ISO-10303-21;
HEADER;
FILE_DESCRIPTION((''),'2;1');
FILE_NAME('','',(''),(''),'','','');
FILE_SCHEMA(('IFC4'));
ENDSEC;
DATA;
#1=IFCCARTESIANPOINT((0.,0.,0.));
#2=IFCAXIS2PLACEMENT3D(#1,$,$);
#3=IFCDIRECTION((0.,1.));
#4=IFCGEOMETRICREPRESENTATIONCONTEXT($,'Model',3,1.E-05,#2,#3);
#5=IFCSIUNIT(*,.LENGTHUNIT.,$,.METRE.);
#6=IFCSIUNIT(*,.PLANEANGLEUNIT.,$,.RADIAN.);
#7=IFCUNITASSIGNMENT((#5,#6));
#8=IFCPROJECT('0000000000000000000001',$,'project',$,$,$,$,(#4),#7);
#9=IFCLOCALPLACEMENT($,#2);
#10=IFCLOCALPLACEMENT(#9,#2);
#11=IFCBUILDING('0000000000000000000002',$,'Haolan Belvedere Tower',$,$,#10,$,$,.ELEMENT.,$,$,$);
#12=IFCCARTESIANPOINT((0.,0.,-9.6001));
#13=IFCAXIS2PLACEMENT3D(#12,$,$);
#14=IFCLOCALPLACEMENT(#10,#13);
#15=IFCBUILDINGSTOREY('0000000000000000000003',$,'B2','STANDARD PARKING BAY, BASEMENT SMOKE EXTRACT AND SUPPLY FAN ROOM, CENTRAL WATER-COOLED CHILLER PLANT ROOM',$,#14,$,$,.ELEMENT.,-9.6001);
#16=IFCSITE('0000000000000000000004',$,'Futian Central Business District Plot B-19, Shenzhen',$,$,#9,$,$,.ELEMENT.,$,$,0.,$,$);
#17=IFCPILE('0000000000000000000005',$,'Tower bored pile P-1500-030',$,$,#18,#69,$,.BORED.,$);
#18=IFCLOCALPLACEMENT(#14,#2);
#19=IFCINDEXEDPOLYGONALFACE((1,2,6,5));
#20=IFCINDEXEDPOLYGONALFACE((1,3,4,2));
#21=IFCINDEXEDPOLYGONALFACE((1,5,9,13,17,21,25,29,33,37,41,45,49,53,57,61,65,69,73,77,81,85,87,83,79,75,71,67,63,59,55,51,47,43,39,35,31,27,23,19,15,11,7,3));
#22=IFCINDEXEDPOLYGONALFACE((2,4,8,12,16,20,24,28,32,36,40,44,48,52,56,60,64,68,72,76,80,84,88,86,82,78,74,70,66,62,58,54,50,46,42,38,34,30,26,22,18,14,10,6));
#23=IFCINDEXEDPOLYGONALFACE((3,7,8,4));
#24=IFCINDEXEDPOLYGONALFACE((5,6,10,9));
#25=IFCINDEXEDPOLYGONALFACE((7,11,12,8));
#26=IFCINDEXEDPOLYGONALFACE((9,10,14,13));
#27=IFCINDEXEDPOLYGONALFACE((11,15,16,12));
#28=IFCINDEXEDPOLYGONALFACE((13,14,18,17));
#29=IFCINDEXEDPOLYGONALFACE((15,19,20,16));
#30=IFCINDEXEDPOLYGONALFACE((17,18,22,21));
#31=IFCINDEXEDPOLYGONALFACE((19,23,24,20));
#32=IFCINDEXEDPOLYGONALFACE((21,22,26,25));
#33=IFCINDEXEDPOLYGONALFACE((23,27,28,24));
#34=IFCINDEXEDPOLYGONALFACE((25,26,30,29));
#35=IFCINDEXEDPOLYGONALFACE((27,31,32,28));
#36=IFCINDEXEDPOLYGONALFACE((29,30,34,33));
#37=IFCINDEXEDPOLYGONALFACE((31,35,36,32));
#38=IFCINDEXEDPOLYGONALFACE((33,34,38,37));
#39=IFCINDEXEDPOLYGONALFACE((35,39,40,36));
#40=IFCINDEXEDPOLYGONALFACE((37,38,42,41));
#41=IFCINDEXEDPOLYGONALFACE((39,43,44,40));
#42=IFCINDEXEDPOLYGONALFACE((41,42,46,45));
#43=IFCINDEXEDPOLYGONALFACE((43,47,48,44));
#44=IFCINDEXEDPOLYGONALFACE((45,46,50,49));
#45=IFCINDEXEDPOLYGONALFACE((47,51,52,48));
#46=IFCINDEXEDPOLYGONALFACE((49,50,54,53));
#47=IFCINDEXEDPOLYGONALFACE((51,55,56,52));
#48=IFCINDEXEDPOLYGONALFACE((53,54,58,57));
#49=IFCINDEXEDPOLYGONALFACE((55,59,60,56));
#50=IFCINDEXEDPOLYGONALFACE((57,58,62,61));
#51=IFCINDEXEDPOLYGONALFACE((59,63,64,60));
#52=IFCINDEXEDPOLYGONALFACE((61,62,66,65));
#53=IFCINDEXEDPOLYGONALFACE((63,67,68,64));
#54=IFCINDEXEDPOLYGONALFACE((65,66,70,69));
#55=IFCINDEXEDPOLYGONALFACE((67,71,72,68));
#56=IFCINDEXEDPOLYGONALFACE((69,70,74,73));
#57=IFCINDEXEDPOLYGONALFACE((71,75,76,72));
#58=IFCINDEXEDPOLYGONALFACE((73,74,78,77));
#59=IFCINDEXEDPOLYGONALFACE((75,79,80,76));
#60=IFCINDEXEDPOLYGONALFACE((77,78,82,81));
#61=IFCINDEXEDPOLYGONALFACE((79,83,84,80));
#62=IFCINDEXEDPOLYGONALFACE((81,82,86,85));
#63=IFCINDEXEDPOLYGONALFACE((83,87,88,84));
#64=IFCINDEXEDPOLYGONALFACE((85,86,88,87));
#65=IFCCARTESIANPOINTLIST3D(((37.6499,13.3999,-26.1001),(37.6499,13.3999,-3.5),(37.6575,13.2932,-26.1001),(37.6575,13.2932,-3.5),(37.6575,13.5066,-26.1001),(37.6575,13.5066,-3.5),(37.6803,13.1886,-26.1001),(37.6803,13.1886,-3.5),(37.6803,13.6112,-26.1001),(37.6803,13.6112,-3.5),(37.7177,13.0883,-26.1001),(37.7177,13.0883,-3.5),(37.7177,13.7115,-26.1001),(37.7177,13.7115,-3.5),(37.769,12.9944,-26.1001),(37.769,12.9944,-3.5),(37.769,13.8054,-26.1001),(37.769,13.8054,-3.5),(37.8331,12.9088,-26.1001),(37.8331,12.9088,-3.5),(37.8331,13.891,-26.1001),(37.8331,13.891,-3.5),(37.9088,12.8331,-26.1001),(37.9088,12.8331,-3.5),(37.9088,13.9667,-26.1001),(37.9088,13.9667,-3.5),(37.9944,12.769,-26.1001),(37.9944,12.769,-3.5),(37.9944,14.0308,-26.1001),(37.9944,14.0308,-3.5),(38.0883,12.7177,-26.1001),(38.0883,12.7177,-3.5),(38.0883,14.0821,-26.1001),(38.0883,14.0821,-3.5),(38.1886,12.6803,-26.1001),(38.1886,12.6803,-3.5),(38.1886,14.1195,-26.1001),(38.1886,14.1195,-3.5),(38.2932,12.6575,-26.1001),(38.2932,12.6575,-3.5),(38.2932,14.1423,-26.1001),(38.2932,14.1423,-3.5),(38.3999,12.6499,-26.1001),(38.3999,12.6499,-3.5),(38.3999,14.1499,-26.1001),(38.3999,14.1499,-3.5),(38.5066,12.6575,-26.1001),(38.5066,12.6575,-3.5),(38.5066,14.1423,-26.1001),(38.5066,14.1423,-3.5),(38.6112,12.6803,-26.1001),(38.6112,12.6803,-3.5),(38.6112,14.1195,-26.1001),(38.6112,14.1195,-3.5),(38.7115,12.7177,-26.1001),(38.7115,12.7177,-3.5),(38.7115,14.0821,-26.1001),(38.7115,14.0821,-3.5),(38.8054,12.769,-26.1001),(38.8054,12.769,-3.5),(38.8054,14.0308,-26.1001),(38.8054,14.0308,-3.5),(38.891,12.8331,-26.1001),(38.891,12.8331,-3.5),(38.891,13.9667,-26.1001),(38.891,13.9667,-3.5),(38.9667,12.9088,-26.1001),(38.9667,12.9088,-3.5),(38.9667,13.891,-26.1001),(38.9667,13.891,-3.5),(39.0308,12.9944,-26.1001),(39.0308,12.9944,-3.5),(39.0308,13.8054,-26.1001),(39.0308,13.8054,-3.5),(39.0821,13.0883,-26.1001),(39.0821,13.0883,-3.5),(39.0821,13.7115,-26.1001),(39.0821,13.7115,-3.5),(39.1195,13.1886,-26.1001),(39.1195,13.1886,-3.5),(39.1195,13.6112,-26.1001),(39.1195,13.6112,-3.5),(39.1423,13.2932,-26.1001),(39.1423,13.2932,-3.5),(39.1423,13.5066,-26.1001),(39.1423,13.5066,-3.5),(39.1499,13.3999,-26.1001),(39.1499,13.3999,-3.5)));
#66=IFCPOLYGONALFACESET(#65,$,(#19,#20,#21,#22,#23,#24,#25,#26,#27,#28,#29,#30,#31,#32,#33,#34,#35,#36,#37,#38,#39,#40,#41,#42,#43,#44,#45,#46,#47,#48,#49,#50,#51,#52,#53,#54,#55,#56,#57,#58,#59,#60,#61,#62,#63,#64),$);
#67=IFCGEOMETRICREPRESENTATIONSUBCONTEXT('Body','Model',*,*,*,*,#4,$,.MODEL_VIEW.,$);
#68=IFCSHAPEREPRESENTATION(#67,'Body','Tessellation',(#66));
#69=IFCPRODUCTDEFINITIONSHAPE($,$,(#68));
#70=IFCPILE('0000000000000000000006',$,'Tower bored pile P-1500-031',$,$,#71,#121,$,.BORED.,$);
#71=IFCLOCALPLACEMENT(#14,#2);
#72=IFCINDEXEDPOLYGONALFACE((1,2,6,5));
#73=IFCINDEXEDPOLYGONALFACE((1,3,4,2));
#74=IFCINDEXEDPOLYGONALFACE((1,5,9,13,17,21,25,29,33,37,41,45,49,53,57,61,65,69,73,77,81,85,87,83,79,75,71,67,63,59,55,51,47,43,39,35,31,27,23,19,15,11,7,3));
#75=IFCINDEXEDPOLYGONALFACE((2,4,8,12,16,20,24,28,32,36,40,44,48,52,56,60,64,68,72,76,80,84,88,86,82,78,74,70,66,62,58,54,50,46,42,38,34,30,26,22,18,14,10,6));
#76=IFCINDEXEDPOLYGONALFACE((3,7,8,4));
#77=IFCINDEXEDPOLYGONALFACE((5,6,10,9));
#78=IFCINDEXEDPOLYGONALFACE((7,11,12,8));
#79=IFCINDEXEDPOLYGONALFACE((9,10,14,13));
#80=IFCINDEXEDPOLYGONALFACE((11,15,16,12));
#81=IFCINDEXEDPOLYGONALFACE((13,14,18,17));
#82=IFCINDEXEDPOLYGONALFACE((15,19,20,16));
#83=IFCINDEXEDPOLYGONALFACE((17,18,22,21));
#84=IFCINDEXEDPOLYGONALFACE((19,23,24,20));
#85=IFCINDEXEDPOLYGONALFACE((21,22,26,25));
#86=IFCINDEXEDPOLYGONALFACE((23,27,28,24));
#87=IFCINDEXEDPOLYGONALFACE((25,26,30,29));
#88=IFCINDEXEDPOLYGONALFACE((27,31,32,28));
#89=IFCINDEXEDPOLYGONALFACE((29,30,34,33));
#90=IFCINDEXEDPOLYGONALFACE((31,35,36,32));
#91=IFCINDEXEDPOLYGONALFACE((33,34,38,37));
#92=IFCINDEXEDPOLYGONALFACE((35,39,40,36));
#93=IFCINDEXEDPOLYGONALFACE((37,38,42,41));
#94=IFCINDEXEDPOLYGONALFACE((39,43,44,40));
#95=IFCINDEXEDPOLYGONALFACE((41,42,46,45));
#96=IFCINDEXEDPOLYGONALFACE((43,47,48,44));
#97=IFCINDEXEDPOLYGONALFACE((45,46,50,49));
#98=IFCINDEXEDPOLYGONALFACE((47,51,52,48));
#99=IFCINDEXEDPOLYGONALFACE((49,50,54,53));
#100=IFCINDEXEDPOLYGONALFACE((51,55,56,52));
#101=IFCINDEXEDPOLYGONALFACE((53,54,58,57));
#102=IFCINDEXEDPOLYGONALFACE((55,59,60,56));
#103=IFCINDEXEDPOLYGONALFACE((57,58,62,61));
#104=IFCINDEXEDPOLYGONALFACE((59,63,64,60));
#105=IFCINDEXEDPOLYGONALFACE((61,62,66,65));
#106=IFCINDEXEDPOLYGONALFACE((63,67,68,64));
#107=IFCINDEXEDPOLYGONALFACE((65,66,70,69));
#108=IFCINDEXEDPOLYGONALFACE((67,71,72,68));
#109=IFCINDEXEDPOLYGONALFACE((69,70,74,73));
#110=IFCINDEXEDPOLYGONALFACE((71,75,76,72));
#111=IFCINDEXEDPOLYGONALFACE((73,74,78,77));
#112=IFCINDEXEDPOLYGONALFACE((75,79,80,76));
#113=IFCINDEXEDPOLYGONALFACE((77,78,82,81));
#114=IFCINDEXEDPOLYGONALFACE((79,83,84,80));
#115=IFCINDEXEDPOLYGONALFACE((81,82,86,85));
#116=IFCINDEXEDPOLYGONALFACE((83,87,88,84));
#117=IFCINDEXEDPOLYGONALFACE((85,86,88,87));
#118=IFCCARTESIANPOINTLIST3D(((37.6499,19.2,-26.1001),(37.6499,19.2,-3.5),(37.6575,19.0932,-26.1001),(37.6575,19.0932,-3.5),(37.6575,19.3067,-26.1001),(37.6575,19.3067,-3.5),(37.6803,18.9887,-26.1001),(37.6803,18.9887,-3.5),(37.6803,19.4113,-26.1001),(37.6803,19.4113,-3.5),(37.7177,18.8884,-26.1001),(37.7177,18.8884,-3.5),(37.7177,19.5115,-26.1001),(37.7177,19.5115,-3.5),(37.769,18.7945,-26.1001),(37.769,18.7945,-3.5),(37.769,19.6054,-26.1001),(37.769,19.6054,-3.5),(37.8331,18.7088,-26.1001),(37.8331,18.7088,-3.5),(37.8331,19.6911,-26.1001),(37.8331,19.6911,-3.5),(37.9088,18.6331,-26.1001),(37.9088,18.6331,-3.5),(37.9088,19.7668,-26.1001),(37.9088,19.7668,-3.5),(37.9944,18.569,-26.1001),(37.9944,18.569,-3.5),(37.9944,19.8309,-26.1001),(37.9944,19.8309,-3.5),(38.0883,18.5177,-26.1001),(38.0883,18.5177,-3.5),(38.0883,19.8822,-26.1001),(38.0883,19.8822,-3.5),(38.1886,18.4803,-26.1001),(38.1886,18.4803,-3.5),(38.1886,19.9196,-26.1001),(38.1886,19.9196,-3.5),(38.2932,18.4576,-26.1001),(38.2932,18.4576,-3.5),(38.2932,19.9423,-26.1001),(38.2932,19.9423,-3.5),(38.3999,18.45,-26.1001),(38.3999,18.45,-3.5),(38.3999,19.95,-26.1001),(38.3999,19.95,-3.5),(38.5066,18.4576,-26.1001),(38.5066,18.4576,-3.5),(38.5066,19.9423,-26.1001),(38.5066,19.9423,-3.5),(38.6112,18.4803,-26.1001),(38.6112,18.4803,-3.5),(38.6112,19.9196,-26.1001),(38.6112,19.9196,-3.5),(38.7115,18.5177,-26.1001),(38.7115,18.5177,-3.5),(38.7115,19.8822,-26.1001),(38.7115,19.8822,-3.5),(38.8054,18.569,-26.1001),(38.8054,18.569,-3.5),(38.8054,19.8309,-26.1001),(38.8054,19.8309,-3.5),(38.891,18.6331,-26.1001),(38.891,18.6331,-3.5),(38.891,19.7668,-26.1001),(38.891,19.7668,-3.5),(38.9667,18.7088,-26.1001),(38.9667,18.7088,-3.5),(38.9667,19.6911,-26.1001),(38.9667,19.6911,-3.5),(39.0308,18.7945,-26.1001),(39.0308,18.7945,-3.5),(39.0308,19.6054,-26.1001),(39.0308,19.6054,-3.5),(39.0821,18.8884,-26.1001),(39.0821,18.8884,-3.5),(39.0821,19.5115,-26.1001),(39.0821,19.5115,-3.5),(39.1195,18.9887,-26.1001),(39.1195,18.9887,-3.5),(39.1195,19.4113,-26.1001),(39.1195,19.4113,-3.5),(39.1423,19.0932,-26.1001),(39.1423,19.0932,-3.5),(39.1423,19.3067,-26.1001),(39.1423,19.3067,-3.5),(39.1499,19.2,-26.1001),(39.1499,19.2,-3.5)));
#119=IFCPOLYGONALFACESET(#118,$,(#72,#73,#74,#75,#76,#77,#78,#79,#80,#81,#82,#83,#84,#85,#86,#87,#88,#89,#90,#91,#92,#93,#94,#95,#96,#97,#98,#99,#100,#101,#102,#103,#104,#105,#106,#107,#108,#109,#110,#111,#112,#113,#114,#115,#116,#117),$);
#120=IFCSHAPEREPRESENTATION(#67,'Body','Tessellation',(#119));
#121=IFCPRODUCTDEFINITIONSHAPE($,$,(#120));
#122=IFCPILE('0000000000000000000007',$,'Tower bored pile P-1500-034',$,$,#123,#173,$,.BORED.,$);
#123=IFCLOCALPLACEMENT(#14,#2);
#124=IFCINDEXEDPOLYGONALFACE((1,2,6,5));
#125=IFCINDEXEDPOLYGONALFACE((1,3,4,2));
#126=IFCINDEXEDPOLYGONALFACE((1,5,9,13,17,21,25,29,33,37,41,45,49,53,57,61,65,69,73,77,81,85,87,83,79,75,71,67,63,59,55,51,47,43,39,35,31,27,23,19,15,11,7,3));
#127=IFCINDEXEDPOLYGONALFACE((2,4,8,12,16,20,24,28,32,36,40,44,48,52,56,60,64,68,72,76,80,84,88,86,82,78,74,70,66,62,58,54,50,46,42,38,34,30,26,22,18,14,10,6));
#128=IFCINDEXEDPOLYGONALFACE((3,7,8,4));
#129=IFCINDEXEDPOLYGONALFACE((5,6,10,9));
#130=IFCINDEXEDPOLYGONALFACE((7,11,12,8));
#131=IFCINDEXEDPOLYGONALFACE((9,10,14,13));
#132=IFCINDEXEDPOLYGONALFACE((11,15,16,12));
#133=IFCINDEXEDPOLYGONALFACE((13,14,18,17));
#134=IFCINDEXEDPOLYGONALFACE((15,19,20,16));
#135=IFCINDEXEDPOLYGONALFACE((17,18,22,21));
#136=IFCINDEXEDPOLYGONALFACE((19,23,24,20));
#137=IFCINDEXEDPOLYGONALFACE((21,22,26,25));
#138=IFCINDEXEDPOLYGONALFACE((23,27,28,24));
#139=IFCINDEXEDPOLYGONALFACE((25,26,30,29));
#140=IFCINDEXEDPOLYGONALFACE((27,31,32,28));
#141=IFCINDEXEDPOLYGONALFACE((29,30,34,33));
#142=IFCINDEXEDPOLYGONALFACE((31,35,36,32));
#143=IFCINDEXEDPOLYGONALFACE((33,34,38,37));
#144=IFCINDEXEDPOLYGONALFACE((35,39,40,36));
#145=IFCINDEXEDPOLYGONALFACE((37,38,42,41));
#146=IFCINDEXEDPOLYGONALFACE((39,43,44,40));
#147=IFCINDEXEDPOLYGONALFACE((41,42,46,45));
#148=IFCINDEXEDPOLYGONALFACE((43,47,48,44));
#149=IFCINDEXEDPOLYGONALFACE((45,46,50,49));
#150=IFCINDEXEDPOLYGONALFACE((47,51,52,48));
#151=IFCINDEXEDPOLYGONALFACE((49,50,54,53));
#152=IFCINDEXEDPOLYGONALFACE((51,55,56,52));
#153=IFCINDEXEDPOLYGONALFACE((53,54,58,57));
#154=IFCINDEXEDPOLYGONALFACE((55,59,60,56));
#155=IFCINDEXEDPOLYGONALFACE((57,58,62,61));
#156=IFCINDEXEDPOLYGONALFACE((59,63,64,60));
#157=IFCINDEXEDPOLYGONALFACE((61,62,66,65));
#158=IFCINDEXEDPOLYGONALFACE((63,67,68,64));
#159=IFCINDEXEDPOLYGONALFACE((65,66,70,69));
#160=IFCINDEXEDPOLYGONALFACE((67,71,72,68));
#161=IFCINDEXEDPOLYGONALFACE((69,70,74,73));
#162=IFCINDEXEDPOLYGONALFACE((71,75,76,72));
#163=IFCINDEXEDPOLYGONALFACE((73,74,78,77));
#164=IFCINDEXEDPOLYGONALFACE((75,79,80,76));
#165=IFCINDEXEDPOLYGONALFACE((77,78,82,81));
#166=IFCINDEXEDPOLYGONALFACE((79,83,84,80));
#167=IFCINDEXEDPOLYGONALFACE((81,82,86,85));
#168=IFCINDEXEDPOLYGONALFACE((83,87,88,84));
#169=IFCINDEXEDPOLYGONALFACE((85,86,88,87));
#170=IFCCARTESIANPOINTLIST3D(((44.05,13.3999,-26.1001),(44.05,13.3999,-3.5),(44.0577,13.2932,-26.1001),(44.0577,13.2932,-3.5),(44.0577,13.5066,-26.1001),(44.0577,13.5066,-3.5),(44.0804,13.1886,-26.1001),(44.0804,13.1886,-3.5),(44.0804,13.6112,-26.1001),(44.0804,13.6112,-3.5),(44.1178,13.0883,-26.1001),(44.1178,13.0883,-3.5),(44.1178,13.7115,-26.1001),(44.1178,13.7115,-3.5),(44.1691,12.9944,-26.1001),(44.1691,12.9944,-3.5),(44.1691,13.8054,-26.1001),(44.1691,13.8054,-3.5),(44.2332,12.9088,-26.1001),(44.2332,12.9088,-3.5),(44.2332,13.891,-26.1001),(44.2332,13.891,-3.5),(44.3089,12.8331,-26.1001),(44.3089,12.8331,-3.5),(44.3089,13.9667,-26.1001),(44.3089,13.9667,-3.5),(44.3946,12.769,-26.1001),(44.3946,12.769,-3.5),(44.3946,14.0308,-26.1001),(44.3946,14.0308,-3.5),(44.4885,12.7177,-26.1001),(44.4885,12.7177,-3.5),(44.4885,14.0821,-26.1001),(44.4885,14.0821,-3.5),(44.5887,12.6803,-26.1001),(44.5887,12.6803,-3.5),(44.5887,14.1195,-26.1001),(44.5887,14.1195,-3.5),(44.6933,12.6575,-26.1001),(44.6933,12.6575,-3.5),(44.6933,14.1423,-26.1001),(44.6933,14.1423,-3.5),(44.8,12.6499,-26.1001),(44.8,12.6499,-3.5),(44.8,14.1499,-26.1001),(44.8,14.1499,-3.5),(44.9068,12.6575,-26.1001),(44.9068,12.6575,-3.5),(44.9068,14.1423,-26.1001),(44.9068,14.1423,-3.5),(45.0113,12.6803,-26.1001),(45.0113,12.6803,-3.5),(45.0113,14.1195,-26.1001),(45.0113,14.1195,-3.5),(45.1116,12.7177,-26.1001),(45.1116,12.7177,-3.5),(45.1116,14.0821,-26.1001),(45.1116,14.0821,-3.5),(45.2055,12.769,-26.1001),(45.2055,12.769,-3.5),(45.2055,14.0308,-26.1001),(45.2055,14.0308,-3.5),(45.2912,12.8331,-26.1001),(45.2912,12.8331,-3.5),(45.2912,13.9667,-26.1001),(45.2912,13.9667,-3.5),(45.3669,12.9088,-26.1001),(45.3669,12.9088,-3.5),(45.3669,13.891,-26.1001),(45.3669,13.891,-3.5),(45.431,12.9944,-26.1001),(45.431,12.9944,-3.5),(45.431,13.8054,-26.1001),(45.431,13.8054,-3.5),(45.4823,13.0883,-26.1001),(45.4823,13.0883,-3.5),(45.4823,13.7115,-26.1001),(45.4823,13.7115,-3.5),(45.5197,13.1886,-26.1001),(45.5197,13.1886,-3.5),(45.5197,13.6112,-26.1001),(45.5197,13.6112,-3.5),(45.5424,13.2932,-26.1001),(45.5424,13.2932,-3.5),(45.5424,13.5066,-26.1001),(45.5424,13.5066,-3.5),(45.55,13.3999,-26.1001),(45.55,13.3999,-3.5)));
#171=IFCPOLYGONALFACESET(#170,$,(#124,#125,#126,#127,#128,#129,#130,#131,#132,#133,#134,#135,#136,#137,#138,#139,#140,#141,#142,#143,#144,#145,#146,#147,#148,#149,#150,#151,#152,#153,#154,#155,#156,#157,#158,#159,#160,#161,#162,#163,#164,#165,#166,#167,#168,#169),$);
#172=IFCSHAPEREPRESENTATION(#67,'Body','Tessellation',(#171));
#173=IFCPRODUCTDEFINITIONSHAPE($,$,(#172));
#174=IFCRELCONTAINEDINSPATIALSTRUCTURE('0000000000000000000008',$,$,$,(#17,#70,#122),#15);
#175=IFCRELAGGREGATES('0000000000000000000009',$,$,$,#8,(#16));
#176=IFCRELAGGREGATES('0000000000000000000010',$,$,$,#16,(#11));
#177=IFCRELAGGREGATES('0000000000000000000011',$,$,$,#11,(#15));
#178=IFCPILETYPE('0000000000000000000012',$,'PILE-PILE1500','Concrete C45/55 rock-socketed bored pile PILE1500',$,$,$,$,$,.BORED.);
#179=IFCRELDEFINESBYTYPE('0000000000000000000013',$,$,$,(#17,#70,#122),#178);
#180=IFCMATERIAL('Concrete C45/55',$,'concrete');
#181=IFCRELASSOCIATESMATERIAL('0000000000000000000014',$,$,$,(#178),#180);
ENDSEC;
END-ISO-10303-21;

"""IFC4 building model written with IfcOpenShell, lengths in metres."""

from ifc_helpers import new_model, si_unit, direction, frame, origin, origin_2d, place, context, subcontext, project, spatial, circle, extrude, material, material_profile, profile_set, type_object, element, save


model = new_model("IFC4")

# Units and contexts
model_context = context("Model", 3, precision=1e-05, world=origin(), true_north=direction((0.0, 1.0)))
body_context = subcontext(model_context, "Body", "Model", "MODEL_VIEW")
ifc_project = project(units=[si_unit("LENGTHUNIT", "METRE"), si_unit("PLANEANGLEUNIT", "RADIAN")], contexts=[model_context])

# Site, building, storey
site_placement = place(None, origin())
site = spatial("IfcSite", under=ifc_project, at=site_placement, Name="Futian Central Business District Plot B-19, Shenzhen", CompositionType="ELEMENT", RefElevation=0.0)
building_placement = place(site_placement, origin())
building = spatial("IfcBuilding", under=site, at=building_placement, Name="Haolan Belvedere Tower", CompositionType="ELEMENT")
storey_placement = place(building_placement, frame((0.0, 0.0, -9.6001)))
storey = spatial("IfcBuildingStorey", under=building, at=storey_placement, Name="B2", Description="STANDARD PARKING BAY, BASEMENT SMOKE EXTRACT AND SUPPLY FAN ROOM, CENTRAL WATER-COOLED CHILLER PLANT ROOM", CompositionType="ELEMENT", Elevation=-9.6001)

# Piles
ifc_material_1 = material(Name="Concrete C45/55", Category="concrete")
ifc_material_profile_1 = material_profile(ifc_material_1, circle(Radius=0.75, at=origin_2d()), Name="Concrete C45/55")
ifc_profile_set_1 = profile_set([ifc_material_profile_1], Name="Concrete C45/55")
pile_type_1 = type_object("IfcPileType", Name="PILE-PILE1500", Description="Concrete C45/55 rock-socketed bored pile PILE1500", PredefinedType="BORED", material=ifc_profile_set_1)
for number, where, z_axis, x_axis, name in (
    (1, (38.3999, 13.3999, -3.5), (0.0, 0.0, -1.0), (1.0, 0.0, 0.0), "Tower bored pile P-1500-030"),
    (2, (38.3999, 19.2, -3.5), (0.0, 0.0, -1.0), (1.0, 0.0, 0.0), "Tower bored pile P-1500-031"),
    (3, (44.8, 13.3999, -3.5), (0.0, 0.0, -1.0), (1.0, 0.0, 0.0), "Tower bored pile P-1500-034"),
):
    element("IfcPile", number, at=place(storey_placement, frame(where, z_axis=z_axis, x_axis=x_axis)), inside=storey, type_object=pile_type_1, Name=name, PredefinedType="BORED", context=body_context, shape_type="SweptSolid", body=[
        extrude(circle(Radius=0.75, at=origin_2d()), origin(), (0.0, 0.0, 1.0), 22.6001),
    ])

save(model, "model.ifc")
